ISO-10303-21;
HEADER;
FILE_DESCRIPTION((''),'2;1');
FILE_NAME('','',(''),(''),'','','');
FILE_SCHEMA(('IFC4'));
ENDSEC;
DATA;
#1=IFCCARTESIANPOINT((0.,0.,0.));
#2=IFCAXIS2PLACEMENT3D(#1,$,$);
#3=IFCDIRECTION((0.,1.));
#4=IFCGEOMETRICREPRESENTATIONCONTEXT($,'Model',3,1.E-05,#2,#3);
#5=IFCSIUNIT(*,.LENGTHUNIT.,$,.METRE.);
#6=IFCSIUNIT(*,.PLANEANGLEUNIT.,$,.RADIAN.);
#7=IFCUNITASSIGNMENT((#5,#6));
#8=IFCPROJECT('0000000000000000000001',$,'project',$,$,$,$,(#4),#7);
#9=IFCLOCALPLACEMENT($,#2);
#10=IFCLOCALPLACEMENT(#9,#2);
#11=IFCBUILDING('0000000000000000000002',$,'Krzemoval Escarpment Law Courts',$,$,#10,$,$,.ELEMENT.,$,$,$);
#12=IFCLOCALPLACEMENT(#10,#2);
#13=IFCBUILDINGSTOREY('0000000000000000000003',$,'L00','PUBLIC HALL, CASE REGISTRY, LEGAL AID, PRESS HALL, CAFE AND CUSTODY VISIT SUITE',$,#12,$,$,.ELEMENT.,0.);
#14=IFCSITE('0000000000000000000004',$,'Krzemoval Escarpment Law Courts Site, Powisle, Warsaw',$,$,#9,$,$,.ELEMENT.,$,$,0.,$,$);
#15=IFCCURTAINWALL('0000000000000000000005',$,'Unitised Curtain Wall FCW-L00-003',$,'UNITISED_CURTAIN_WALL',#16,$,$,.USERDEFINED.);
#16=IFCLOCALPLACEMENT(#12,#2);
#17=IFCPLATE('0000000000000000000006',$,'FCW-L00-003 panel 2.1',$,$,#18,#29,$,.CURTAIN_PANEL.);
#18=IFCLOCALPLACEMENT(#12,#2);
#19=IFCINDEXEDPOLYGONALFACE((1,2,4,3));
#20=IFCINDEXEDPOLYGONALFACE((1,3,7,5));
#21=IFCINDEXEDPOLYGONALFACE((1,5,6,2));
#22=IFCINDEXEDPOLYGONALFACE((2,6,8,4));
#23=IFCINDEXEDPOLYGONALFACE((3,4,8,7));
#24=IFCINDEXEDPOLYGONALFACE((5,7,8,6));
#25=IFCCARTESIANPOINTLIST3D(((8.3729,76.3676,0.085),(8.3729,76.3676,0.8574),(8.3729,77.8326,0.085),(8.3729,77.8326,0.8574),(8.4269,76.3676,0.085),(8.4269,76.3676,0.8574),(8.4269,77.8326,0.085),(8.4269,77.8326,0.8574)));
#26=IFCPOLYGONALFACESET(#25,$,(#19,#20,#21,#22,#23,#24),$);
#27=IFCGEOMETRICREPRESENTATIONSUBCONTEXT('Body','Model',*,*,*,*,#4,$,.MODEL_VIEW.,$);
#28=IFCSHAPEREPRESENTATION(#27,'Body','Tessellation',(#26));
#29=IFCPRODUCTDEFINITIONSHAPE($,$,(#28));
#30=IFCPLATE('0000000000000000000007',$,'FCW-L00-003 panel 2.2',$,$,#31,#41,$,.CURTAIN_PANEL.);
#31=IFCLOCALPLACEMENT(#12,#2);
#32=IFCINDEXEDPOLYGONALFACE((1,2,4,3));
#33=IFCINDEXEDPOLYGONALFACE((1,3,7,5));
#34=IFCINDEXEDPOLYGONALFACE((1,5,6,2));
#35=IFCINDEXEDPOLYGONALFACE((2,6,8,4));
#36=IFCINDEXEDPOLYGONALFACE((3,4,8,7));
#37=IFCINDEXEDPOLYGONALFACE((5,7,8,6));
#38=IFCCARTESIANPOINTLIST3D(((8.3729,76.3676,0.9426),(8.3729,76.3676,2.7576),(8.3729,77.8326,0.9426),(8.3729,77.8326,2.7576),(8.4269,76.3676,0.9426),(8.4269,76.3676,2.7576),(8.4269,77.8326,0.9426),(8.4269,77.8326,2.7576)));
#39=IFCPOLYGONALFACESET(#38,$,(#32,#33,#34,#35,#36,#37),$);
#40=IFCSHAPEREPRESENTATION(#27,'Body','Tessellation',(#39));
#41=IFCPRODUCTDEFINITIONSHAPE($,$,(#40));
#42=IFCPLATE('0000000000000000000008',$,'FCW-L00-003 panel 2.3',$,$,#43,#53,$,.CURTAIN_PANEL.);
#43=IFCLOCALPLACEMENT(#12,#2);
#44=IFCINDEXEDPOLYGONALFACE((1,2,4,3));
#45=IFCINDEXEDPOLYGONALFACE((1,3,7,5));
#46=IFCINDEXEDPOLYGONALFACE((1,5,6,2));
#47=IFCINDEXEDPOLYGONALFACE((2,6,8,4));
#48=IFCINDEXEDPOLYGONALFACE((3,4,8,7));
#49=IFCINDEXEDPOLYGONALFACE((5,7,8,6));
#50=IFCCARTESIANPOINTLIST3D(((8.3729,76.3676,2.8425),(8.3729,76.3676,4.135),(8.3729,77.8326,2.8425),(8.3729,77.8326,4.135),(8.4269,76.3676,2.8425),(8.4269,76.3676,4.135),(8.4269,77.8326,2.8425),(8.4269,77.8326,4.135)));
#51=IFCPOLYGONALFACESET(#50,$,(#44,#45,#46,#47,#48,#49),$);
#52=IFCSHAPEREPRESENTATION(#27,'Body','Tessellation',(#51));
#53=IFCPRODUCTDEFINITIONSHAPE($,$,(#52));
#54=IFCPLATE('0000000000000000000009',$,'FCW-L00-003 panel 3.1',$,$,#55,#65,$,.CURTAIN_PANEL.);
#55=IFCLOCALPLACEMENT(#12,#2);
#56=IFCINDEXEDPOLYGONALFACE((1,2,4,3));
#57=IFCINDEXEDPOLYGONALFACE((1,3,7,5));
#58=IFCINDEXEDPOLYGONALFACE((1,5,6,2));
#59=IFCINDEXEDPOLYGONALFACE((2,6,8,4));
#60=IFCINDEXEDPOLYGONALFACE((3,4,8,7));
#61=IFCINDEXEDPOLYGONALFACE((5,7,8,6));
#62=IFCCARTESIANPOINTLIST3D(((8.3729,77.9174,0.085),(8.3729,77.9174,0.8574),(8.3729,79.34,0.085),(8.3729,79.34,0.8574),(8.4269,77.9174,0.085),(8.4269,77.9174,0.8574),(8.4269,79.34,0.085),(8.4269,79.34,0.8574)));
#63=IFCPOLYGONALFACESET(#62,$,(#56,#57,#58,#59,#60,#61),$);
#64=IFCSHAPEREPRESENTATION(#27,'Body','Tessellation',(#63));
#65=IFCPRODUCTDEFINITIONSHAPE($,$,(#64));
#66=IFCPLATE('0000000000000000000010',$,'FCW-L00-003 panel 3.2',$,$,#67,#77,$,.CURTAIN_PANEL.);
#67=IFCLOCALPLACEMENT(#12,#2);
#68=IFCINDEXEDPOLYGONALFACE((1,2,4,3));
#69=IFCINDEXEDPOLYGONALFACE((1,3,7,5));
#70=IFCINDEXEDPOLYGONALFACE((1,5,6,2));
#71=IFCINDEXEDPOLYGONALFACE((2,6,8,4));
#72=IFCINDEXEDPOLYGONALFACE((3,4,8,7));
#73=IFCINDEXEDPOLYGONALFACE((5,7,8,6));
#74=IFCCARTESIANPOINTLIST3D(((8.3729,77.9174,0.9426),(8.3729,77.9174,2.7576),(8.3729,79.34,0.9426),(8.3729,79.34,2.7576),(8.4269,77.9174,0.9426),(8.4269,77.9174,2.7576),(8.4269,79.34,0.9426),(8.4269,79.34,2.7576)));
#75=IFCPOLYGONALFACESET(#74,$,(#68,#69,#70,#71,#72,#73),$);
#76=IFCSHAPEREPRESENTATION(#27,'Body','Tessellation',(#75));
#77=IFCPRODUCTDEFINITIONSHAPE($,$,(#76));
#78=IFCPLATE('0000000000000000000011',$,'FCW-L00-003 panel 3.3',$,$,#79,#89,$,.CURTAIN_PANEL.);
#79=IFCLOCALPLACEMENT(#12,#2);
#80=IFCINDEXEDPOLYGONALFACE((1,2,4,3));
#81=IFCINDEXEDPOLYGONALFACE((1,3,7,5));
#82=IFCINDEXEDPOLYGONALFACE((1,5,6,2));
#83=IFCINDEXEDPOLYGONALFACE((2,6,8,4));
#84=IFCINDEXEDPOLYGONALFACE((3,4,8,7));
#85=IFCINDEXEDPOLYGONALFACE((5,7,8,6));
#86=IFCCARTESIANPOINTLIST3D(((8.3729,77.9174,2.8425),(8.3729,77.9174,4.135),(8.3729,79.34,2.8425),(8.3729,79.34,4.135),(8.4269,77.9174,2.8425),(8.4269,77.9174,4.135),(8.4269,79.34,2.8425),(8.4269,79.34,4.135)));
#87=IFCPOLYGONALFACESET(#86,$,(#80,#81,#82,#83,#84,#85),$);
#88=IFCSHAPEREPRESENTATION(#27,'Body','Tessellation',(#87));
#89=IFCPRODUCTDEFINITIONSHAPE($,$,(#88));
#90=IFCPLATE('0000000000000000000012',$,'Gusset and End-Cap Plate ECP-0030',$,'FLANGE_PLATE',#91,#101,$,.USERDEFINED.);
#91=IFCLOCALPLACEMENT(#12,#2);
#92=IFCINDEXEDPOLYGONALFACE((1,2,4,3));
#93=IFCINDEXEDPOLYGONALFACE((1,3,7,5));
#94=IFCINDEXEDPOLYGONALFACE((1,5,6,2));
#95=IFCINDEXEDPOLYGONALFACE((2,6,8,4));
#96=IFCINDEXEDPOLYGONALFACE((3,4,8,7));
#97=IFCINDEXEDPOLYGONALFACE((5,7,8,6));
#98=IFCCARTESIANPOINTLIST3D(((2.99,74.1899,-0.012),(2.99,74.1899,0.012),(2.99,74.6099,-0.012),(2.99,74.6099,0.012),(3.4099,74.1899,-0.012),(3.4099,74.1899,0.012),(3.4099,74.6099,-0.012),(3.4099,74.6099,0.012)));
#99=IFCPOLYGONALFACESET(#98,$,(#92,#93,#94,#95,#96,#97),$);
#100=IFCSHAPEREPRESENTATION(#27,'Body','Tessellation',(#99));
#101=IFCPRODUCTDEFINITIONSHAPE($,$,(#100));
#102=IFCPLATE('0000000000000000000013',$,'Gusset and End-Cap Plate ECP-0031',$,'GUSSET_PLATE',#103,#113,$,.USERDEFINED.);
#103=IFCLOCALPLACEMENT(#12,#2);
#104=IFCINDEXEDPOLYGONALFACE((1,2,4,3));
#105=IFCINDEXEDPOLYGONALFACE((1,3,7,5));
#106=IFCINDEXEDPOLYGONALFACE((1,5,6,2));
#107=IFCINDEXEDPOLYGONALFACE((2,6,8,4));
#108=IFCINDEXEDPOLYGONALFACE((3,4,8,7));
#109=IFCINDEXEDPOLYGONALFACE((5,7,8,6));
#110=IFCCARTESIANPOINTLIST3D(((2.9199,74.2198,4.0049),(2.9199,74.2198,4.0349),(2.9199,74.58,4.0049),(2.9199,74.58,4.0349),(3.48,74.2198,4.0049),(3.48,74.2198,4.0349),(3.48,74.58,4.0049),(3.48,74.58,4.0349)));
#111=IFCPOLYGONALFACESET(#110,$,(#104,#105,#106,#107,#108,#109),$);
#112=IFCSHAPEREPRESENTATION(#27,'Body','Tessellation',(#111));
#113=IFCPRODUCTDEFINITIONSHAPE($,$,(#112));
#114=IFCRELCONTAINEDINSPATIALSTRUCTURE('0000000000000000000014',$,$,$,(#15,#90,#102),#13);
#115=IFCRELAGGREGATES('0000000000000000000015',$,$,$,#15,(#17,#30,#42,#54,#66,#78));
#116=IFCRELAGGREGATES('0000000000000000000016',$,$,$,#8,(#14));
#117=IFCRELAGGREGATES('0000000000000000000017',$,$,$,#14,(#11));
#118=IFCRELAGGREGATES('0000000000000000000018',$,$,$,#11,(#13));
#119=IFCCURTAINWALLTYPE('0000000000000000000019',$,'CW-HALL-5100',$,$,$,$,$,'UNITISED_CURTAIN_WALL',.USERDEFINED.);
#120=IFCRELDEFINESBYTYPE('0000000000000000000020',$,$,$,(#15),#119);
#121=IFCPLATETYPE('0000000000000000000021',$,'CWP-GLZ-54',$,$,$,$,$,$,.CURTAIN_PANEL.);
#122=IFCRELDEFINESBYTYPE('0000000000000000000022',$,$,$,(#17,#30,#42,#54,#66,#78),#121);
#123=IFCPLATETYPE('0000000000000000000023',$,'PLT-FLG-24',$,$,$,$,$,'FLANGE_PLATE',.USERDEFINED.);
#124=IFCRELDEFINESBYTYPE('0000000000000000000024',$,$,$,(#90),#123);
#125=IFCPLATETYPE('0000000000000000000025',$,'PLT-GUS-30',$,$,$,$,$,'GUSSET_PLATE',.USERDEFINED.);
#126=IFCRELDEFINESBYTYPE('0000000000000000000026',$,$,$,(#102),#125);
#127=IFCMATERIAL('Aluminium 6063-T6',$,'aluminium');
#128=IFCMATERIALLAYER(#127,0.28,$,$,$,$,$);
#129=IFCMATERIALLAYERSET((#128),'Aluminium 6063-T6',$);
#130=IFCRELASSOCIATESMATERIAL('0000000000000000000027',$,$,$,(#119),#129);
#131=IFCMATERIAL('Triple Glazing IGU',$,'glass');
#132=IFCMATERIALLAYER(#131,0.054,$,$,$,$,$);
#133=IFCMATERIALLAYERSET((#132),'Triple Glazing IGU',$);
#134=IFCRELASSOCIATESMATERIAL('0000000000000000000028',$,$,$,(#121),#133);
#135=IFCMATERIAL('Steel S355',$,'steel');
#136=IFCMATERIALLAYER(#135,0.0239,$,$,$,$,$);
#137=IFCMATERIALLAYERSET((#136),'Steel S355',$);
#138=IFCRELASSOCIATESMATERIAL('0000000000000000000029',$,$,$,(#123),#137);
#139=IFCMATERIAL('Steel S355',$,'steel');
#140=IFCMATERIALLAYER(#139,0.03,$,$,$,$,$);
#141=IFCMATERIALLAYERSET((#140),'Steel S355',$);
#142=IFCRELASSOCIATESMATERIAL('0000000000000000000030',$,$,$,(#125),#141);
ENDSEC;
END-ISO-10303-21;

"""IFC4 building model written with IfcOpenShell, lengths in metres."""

from ifc_helpers import new_model, si_unit, direction, frame, origin, origin_2d, place, context, subcontext, project, spatial, rectangle, extrude, material, layer, layer_set, type_object, element, aggregate, save


model = new_model("IFC4")

# Units and contexts
model_context = context("Model", 3, precision=1e-05, world=origin(), true_north=direction((0.0, 1.0)))
body_context = subcontext(model_context, "Body", "Model", "MODEL_VIEW")
ifc_project = project(units=[si_unit("LENGTHUNIT", "METRE"), si_unit("PLANEANGLEUNIT", "RADIAN")], contexts=[model_context])

# Site, building, storey
site_placement = place(None, origin())
site = spatial("IfcSite", under=ifc_project, at=site_placement, Name="Krzemoval Escarpment Law Courts Site, Powisle, Warsaw", CompositionType="ELEMENT", RefElevation=0.0)
building_placement = place(site_placement, origin())
building = spatial("IfcBuilding", under=site, at=building_placement, Name="Krzemoval Escarpment Law Courts", CompositionType="ELEMENT")
storey_placement = place(building_placement, origin())
storey = spatial("IfcBuildingStorey", under=building, at=storey_placement, Name="L00", Description="PUBLIC HALL, CASE REGISTRY, LEGAL AID, PRESS HALL, CAFE AND CUSTODY VISIT SUITE", CompositionType="ELEMENT", Elevation=0.0)

# Curtain wall
ifc_material_1 = material(Name="Aluminium 6063-T6", Category="aluminium")
ifc_layer_1 = layer(ifc_material_1, 0.28)
ifc_layer_set_1 = layer_set([ifc_layer_1], Name="Aluminium 6063-T6")
curtain_wall_type = type_object("IfcCurtainWallType", Name="CW-HALL-5100", ElementType="UNITISED_CURTAIN_WALL", PredefinedType="USERDEFINED", material=ifc_layer_set_1)
curtain_wall_placement = place(storey_placement, origin())
curtain_wall = element("IfcCurtainWall", 1, at=curtain_wall_placement, inside=storey, type_object=curtain_wall_type, Name="Unitised Curtain Wall FCW-L00-003", ObjectType="UNITISED_CURTAIN_WALL", PredefinedType="USERDEFINED")

# Plates
ifc_material_2 = material(Name="Triple Glazing IGU", Category="glass")
ifc_layer_2 = layer(ifc_material_2, 0.054)
ifc_layer_set_2 = layer_set([ifc_layer_2], Name="Triple Glazing IGU")
plate_type_1 = type_object("IfcPlateType", Name="CWP-GLZ-54", PredefinedType="CURTAIN_PANEL", material=ifc_layer_set_2)
plate_1_placement = place(storey_placement, frame((8.3999, 77.1001, 0.085), z_axis=(0.0, 0.0, 1.0), x_axis=(0.0, 1.0, 0.0)))
plate_1 = element("IfcPlate", 2, at=plate_1_placement, type_object=plate_type_1, Name="FCW-L00-003 panel 2.1", PredefinedType="CURTAIN_PANEL", context=body_context, shape_type="SweptSolid", body=[
    extrude(rectangle(XDim=1.4651, YDim=0.054, at=origin_2d()), origin(), (0.0, 0.0, 1.0), 0.7725),
])
plate_2_placement = place(storey_placement, frame((8.3999, 77.1001, 0.9426), z_axis=(0.0, 0.0, 1.0), x_axis=(0.0, 1.0, 0.0)))
plate_2 = element("IfcPlate", 3, at=plate_2_placement, type_object=plate_type_1, Name="FCW-L00-003 panel 2.2", PredefinedType="CURTAIN_PANEL", context=body_context, shape_type="SweptSolid", body=[
    extrude(rectangle(XDim=1.4651, YDim=0.054, at=origin_2d()), origin(), (0.0, 0.0, 1.0), 1.8149),
])
plate_3_placement = place(storey_placement, frame((8.3999, 77.1001, 2.8425), z_axis=(0.0, 0.0, 1.0), x_axis=(0.0, 1.0, 0.0)))
plate_3 = element("IfcPlate", 4, at=plate_3_placement, type_object=plate_type_1, Name="FCW-L00-003 panel 2.3", PredefinedType="CURTAIN_PANEL", context=body_context, shape_type="SweptSolid", body=[
    extrude(rectangle(XDim=1.4651, YDim=0.054, at=origin_2d()), origin(), (0.0, 0.0, 1.0), 1.2925),
])
plate_4_placement = place(storey_placement, frame((8.3999, 78.6287, 0.085), z_axis=(0.0, 0.0, 1.0), x_axis=(0.0, 1.0, 0.0)))
plate_4 = element("IfcPlate", 5, at=plate_4_placement, type_object=plate_type_1, Name="FCW-L00-003 panel 3.1", PredefinedType="CURTAIN_PANEL", context=body_context, shape_type="SweptSolid", body=[
    extrude(rectangle(XDim=1.4226, YDim=0.054, at=origin_2d()), origin(), (0.0, 0.0, 1.0), 0.7725),
])
plate_5_placement = place(storey_placement, frame((8.3999, 78.6287, 0.9426), z_axis=(0.0, 0.0, 1.0), x_axis=(0.0, 1.0, 0.0)))
plate_5 = element("IfcPlate", 6, at=plate_5_placement, type_object=plate_type_1, Name="FCW-L00-003 panel 3.2", PredefinedType="CURTAIN_PANEL", context=body_context, shape_type="SweptSolid", body=[
    extrude(rectangle(XDim=1.4226, YDim=0.054, at=origin_2d()), origin(), (0.0, 0.0, 1.0), 1.8149),
])
plate_6_placement = place(storey_placement, frame((8.3999, 78.6287, 2.8425), z_axis=(0.0, 0.0, 1.0), x_axis=(0.0, 1.0, 0.0)))
plate_6 = element("IfcPlate", 7, at=plate_6_placement, type_object=plate_type_1, Name="FCW-L00-003 panel 3.3", PredefinedType="CURTAIN_PANEL", context=body_context, shape_type="SweptSolid", body=[
    extrude(rectangle(XDim=1.4226, YDim=0.054, at=origin_2d()), origin(), (0.0, 0.0, 1.0), 1.2925),
])
aggregate(curtain_wall, [plate_1, plate_2, plate_3, plate_4, plate_5, plate_6])

# Plates
ifc_material_3 = material(Name="Steel S355", Category="steel")
ifc_layer_3 = layer(ifc_material_3, 0.0239)
ifc_layer_set_3 = layer_set([ifc_layer_3], Name="Steel S355")
plate_type_2 = type_object("IfcPlateType", Name="PLT-FLG-24", ElementType="FLANGE_PLATE", PredefinedType="USERDEFINED", material=ifc_layer_set_3)
plate_7_placement = place(storey_placement, frame((3.2, 74.3999, -0.012), z_axis=(0.0, 0.0, 1.0), x_axis=(1.0, 0.0, 0.0)))
element("IfcPlate", 8, at=plate_7_placement, inside=storey, type_object=plate_type_2, Name="Gusset and End-Cap Plate ECP-0030", ObjectType="FLANGE_PLATE", PredefinedType="USERDEFINED", context=body_context, shape_type="SweptSolid", body=[
    extrude(rectangle(XDim=0.4199, YDim=0.4199, at=origin_2d()), origin(), (0.0, 0.0, 1.0), 0.0239),
])
ifc_material_4 = material(Name="Steel S355", Category="steel")
ifc_layer_4 = layer(ifc_material_4, 0.03)
ifc_layer_set_4 = layer_set([ifc_layer_4], Name="Steel S355")
plate_type_3 = type_object("IfcPlateType", Name="PLT-GUS-30", ElementType="GUSSET_PLATE", PredefinedType="USERDEFINED", material=ifc_layer_set_4)
plate_8_placement = place(storey_placement, frame((3.2, 74.3999, 4.0049), z_axis=(0.0, 0.0, 1.0), x_axis=(1.0, 0.0, 0.0)))
element("IfcPlate", 9, at=plate_8_placement, inside=storey, type_object=plate_type_3, Name="Gusset and End-Cap Plate ECP-0031", ObjectType="GUSSET_PLATE", PredefinedType="USERDEFINED", context=body_context, shape_type="SweptSolid", body=[
    extrude(rectangle(XDim=0.5601, YDim=0.3601, at=origin_2d()), origin(), (0.0, 0.0, 1.0), 0.03),
])

save(model, "model.ifc")
